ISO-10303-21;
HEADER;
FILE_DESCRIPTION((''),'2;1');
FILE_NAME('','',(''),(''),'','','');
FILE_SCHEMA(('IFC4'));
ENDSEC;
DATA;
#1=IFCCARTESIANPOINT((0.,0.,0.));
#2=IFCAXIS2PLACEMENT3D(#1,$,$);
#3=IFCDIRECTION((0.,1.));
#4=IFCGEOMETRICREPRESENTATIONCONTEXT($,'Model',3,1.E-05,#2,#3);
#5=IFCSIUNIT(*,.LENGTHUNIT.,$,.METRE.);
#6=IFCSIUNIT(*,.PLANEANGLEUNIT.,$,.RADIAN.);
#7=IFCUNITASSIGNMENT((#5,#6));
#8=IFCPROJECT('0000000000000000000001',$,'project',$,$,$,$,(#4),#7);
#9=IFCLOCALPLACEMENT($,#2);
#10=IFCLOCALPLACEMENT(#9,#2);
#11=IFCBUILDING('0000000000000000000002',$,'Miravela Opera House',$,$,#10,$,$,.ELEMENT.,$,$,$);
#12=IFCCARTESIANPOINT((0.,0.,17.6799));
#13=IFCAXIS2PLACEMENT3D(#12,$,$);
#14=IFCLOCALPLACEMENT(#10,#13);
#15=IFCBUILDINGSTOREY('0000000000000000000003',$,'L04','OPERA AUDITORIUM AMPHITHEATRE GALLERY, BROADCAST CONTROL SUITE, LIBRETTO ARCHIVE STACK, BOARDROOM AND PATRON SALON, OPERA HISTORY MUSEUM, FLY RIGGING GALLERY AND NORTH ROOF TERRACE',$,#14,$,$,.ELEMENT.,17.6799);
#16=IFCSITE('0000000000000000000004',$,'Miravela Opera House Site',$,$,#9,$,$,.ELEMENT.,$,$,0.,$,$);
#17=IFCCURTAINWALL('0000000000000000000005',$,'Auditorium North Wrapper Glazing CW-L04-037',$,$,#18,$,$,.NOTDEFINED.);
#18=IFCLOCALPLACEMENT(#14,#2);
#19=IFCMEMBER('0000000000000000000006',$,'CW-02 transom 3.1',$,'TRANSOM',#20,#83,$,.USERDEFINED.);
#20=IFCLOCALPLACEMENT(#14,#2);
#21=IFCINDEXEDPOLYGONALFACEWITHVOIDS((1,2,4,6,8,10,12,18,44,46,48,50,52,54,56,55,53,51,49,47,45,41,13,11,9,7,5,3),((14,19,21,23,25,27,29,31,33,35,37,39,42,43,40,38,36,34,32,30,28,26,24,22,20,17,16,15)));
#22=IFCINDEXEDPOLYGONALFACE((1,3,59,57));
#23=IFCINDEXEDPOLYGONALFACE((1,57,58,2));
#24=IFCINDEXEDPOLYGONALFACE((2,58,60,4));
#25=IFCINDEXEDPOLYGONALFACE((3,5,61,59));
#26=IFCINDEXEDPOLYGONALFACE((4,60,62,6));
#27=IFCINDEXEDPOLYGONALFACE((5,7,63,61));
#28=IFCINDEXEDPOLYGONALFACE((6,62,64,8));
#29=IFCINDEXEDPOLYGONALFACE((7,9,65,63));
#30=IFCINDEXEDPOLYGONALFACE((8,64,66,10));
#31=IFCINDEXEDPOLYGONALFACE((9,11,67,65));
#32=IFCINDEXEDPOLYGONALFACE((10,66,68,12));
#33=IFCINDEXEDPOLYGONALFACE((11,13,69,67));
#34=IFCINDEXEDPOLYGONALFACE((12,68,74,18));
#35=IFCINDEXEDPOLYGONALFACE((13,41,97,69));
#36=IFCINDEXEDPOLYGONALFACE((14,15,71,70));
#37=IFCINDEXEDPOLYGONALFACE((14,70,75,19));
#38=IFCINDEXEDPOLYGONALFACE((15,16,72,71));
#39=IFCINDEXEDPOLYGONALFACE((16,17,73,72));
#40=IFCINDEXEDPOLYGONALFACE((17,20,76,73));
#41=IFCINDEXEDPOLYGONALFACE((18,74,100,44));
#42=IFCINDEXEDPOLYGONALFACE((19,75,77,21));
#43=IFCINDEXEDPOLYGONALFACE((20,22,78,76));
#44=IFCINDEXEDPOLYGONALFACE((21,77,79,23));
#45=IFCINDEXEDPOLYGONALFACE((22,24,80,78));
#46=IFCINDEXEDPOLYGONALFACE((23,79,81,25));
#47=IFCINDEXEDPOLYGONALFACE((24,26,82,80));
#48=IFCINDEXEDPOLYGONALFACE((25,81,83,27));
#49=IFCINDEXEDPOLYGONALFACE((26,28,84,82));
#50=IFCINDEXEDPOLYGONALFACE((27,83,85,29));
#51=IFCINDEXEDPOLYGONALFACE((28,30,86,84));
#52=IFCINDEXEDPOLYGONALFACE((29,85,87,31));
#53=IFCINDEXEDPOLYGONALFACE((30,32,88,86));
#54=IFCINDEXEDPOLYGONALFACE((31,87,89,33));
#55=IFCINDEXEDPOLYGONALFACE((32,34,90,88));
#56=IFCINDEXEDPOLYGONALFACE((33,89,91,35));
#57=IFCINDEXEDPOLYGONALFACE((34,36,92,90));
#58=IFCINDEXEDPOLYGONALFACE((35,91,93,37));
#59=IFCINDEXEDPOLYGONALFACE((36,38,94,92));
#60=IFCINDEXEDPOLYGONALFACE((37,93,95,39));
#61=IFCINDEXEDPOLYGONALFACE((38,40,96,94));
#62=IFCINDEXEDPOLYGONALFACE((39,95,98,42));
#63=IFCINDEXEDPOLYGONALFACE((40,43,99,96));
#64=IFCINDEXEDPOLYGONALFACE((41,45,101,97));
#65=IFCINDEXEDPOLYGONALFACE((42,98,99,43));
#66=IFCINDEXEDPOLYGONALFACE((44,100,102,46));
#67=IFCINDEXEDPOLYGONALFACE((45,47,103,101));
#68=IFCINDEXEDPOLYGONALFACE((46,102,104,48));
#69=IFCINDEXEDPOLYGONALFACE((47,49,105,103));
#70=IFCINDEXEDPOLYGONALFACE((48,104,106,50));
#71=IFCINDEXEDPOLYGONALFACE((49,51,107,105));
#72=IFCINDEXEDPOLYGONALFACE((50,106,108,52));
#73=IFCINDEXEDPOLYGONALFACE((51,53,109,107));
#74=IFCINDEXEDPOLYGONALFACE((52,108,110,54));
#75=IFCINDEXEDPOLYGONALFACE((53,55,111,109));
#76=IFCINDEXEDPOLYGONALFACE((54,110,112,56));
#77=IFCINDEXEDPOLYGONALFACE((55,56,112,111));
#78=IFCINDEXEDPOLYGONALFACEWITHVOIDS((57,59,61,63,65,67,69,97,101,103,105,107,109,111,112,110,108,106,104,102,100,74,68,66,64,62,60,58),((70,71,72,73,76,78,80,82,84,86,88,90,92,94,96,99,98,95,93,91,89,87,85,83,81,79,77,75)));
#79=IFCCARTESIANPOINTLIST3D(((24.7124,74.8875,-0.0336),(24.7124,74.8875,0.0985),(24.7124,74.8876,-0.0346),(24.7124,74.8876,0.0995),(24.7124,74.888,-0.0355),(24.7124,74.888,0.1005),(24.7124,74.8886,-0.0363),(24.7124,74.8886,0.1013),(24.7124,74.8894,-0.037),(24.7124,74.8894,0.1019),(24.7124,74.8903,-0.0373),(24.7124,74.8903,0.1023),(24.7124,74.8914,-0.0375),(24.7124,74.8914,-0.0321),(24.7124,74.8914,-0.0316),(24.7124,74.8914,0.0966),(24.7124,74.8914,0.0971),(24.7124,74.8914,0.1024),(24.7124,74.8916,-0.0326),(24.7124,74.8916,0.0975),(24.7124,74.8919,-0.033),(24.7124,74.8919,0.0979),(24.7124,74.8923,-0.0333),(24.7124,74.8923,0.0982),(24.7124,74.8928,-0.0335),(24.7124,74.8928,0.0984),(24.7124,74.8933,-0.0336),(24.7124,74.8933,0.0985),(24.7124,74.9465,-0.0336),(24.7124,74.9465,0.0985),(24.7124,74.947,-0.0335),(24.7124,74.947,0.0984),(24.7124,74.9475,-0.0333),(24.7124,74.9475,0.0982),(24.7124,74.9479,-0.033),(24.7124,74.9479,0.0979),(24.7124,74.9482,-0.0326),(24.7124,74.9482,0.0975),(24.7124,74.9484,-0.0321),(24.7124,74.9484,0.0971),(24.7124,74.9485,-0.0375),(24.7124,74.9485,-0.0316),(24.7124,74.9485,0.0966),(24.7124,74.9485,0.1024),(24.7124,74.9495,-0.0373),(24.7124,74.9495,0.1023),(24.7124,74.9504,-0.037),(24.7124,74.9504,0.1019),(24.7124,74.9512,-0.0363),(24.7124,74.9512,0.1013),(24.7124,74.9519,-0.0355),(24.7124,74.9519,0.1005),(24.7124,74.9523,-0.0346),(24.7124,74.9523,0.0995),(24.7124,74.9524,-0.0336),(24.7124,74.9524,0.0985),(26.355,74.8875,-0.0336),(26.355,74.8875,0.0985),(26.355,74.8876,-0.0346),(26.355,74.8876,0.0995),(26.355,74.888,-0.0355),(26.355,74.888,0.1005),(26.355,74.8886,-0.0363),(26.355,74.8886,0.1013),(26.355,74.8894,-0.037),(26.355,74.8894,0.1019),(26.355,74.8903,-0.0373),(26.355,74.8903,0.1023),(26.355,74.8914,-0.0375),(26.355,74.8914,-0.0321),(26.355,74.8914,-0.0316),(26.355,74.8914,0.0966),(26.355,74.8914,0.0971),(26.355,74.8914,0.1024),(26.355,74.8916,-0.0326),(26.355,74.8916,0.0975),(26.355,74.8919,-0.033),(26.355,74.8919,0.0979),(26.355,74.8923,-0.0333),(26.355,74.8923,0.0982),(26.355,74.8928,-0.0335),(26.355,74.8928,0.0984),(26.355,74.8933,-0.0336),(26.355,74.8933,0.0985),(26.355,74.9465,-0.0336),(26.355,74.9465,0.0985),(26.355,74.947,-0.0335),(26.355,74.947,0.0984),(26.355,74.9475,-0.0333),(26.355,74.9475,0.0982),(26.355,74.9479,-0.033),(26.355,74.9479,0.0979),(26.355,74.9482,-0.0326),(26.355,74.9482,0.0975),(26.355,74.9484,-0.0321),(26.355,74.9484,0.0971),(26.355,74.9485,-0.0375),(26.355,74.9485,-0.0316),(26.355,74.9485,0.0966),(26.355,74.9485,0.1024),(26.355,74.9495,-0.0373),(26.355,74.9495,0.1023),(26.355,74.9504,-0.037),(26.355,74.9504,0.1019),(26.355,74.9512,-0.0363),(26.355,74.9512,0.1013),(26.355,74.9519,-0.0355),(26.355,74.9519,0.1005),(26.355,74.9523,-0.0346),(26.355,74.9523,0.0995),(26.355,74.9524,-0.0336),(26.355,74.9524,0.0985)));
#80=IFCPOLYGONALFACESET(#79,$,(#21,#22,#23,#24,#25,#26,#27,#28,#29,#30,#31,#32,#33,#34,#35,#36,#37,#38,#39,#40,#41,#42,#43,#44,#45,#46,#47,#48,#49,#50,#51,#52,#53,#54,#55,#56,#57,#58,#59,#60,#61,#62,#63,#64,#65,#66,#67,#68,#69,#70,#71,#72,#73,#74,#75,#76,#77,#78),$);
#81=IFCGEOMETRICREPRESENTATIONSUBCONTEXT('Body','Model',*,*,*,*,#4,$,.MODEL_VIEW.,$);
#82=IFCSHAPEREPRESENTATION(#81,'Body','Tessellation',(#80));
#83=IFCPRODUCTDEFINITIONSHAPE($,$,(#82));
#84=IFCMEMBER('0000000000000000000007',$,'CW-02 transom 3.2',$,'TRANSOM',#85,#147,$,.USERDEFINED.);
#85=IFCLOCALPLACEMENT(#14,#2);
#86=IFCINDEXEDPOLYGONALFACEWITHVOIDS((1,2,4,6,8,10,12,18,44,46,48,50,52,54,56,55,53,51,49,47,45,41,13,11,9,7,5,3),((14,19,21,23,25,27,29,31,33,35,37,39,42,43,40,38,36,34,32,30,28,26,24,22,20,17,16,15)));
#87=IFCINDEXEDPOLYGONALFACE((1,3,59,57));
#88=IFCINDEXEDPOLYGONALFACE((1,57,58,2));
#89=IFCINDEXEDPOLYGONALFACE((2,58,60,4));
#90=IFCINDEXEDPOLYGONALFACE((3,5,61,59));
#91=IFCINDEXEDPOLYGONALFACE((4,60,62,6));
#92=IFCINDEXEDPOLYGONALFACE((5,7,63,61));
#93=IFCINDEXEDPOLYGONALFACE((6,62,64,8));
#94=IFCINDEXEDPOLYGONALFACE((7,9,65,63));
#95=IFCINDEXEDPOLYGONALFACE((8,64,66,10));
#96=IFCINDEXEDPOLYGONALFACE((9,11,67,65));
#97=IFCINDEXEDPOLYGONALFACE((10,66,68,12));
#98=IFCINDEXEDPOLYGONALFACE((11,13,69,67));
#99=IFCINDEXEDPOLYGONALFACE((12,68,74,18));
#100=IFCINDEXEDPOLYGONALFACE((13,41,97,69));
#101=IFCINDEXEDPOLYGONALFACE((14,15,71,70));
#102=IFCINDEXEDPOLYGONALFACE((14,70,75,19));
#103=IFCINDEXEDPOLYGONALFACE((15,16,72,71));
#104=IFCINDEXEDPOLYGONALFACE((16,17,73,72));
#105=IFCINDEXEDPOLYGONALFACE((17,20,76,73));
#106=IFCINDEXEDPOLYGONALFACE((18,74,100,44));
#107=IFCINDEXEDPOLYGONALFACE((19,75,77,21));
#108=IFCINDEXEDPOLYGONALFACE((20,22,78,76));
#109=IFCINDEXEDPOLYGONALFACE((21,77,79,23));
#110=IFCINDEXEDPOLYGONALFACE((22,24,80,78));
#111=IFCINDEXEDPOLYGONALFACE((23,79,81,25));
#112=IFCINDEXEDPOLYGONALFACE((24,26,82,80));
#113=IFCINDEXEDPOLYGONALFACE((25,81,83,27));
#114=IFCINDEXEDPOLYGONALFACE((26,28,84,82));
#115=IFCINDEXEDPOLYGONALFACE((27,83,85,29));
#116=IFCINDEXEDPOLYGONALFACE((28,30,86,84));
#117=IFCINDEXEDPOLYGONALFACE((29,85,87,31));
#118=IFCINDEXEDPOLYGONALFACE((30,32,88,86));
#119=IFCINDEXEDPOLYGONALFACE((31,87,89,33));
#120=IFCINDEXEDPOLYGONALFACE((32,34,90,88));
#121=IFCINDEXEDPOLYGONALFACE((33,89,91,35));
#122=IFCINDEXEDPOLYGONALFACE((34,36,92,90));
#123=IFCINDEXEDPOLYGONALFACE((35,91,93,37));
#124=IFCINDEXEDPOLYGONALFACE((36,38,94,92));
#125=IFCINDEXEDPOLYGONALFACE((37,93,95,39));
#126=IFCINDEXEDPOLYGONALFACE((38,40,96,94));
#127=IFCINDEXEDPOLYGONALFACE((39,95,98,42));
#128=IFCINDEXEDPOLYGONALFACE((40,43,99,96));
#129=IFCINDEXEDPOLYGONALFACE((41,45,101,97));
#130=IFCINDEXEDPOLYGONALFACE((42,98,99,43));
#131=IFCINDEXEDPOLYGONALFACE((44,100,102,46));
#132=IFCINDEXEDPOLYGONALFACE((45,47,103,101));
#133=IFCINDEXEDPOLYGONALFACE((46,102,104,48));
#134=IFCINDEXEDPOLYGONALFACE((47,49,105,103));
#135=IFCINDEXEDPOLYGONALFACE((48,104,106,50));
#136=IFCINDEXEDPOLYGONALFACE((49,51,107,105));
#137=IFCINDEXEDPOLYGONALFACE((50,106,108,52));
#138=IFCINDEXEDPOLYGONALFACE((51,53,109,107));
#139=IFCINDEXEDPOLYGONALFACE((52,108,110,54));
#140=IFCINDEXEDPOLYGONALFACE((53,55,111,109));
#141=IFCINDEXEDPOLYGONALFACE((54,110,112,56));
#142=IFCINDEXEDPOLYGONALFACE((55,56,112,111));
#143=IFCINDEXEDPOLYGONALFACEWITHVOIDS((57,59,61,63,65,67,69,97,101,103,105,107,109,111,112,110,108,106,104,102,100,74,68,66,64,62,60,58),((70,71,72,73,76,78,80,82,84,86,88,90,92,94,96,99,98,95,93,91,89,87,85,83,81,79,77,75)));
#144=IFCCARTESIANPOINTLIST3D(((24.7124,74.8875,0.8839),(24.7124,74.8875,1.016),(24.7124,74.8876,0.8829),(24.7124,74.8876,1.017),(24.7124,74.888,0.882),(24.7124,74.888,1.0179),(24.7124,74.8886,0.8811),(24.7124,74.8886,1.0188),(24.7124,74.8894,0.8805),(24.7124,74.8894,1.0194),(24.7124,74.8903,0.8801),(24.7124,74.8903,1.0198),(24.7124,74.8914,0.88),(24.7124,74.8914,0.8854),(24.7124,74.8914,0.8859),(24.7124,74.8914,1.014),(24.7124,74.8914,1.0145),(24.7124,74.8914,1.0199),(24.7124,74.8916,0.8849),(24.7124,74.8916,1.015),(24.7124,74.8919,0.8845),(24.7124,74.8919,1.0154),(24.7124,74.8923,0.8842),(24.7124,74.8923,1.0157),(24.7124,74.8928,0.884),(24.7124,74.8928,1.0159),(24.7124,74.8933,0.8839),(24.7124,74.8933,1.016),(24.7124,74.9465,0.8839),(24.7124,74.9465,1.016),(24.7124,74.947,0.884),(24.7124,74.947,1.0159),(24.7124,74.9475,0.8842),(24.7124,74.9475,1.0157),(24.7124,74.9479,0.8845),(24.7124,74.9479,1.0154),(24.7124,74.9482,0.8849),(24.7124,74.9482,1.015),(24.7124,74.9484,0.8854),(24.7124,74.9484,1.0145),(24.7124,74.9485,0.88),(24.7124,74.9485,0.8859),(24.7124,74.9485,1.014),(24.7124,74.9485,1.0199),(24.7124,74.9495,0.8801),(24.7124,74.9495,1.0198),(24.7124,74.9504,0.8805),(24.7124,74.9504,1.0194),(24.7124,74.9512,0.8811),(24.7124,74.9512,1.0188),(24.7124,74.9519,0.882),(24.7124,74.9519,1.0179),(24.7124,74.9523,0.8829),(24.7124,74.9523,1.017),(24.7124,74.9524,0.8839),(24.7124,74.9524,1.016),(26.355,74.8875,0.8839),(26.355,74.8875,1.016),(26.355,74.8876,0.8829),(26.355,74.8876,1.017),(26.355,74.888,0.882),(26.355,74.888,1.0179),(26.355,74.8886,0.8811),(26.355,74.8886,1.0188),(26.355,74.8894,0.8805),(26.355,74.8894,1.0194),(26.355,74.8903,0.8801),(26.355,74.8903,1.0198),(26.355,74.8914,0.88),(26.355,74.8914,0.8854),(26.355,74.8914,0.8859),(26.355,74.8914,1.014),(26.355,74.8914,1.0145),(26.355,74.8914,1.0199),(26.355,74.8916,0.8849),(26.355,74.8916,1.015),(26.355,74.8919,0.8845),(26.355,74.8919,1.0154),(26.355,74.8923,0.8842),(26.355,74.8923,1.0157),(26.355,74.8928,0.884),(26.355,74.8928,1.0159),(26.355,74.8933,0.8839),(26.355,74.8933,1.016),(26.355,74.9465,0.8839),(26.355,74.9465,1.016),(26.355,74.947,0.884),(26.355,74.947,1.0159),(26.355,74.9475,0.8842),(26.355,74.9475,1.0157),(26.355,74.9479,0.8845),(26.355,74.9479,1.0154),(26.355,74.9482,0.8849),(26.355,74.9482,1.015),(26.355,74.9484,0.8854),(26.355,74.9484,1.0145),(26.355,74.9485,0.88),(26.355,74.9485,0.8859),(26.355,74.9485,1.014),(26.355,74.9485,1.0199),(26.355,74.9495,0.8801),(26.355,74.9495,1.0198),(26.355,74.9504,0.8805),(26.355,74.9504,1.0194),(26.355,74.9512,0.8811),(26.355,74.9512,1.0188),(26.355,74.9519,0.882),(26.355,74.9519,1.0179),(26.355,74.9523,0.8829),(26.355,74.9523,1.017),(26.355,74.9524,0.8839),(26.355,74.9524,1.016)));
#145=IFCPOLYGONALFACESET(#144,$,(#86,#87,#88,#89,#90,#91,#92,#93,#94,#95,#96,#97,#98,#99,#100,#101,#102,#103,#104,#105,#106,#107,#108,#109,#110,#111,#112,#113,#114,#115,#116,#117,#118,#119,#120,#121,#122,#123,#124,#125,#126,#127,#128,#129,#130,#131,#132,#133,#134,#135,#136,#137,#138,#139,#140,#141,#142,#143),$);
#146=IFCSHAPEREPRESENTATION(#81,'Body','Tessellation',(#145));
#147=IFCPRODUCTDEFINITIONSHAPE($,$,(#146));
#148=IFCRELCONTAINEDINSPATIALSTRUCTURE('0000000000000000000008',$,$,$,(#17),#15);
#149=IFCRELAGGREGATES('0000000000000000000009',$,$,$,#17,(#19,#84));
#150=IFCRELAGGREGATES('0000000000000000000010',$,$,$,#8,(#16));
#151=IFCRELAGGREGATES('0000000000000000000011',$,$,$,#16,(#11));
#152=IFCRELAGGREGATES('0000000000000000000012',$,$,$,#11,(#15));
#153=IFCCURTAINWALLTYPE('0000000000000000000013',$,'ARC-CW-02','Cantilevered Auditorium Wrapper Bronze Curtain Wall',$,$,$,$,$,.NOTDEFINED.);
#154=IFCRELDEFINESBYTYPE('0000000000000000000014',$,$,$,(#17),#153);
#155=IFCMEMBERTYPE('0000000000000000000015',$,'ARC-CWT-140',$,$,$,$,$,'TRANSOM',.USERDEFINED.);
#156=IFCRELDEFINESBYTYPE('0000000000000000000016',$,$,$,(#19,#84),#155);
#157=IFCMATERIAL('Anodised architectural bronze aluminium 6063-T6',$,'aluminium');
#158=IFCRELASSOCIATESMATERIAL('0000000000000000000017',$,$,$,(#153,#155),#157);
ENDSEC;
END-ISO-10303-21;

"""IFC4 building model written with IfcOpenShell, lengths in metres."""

from ifc_helpers import new_model, si_unit, direction, frame, origin, origin_2d, place, context, subcontext, project, spatial, hollow_rectangle, extrude, material, material_profile, profile_set, type_object, element, aggregate, save


model = new_model("IFC4")

# Units and contexts
model_context = context("Model", 3, precision=1e-05, world=origin(), true_north=direction((0.0, 1.0)))
body_context = subcontext(model_context, "Body", "Model", "MODEL_VIEW")
ifc_project = project(units=[si_unit("LENGTHUNIT", "METRE"), si_unit("PLANEANGLEUNIT", "RADIAN")], contexts=[model_context])

# Site, building, storey
site_placement = place(None, origin())
site = spatial("IfcSite", under=ifc_project, at=site_placement, Name="Miravela Opera House Site", CompositionType="ELEMENT", RefElevation=0.0)
building_placement = place(site_placement, origin())
building = spatial("IfcBuilding", under=site, at=building_placement, Name="Miravela Opera House", CompositionType="ELEMENT")
storey_placement = place(building_placement, frame((0.0, 0.0, 17.6799)))
storey = spatial("IfcBuildingStorey", under=building, at=storey_placement, Name="L04", Description="OPERA AUDITORIUM AMPHITHEATRE GALLERY, BROADCAST CONTROL SUITE, LIBRETTO ARCHIVE STACK, BOARDROOM AND PATRON SALON, OPERA HISTORY MUSEUM, FLY RIGGING GALLERY AND NORTH ROOF TERRACE", CompositionType="ELEMENT", Elevation=17.6799)

# Shared definitions
ifc_material_1 = material(Name="Anodised architectural bronze aluminium 6063-T6", Category="aluminium")
curtain_wall_type = type_object("IfcCurtainWallType", Name="ARC-CW-02", Description="Cantilevered Auditorium Wrapper Bronze Curtain Wall", PredefinedType="NOTDEFINED", material=ifc_material_1)

# Curtain wall, members
curtain_wall_1_placement = place(storey_placement, origin())
curtain_wall_1 = element("IfcCurtainWall", 1, at=curtain_wall_1_placement, inside=storey, type_object=curtain_wall_type, Name="Auditorium North Wrapper Glazing CW-L04-037", PredefinedType="NOTDEFINED")
ifc_material_profile_1 = material_profile(ifc_material_1, hollow_rectangle(XDim=0.0649, YDim=0.1399, WallThickness=0.0039, InnerFilletRadius=0.002, OuterFilletRadius=0.0039, at=origin_2d()), Name="CWT-65X140")
ifc_profile_set_1 = profile_set([ifc_material_profile_1])
member_type_1 = type_object("IfcMemberType", Name="ARC-CWT-140", ElementType="TRANSOM", PredefinedType="USERDEFINED", material=ifc_profile_set_1)
member_1_placement = place(storey_placement, frame((24.7124, 74.9199, 0.0325), z_axis=(1.0, 0.0, 0.0), x_axis=(0.0, 1.0, 0.0)))
member_1 = element("IfcMember", 2, at=member_1_placement, type_object=member_type_1, Name="CW-02 transom 3.1", ObjectType="TRANSOM", PredefinedType="USERDEFINED", context=body_context, shape_type="SweptSolid", body=[
    extrude(hollow_rectangle(XDim=0.0649, YDim=0.1399, WallThickness=0.0039, InnerFilletRadius=0.002, OuterFilletRadius=0.0039, at=origin_2d()), origin(), (0.0, 0.0, 1.0), 1.6426),
])
member_2_placement = place(storey_placement, frame((24.7124, 74.9199, 0.95), z_axis=(1.0, 0.0, 0.0), x_axis=(0.0, 1.0, 0.0)))
member_2 = element("IfcMember", 3, at=member_2_placement, type_object=member_type_1, Name="CW-02 transom 3.2", ObjectType="TRANSOM", PredefinedType="USERDEFINED", context=body_context, shape_type="SweptSolid", body=[
    extrude(hollow_rectangle(XDim=0.0649, YDim=0.1399, WallThickness=0.0039, InnerFilletRadius=0.002, OuterFilletRadius=0.0039, at=origin_2d()), origin(), (0.0, 0.0, 1.0), 1.6426),
])

aggregate(curtain_wall_1, [member_1, member_2])

save(model, "model.ifc")
